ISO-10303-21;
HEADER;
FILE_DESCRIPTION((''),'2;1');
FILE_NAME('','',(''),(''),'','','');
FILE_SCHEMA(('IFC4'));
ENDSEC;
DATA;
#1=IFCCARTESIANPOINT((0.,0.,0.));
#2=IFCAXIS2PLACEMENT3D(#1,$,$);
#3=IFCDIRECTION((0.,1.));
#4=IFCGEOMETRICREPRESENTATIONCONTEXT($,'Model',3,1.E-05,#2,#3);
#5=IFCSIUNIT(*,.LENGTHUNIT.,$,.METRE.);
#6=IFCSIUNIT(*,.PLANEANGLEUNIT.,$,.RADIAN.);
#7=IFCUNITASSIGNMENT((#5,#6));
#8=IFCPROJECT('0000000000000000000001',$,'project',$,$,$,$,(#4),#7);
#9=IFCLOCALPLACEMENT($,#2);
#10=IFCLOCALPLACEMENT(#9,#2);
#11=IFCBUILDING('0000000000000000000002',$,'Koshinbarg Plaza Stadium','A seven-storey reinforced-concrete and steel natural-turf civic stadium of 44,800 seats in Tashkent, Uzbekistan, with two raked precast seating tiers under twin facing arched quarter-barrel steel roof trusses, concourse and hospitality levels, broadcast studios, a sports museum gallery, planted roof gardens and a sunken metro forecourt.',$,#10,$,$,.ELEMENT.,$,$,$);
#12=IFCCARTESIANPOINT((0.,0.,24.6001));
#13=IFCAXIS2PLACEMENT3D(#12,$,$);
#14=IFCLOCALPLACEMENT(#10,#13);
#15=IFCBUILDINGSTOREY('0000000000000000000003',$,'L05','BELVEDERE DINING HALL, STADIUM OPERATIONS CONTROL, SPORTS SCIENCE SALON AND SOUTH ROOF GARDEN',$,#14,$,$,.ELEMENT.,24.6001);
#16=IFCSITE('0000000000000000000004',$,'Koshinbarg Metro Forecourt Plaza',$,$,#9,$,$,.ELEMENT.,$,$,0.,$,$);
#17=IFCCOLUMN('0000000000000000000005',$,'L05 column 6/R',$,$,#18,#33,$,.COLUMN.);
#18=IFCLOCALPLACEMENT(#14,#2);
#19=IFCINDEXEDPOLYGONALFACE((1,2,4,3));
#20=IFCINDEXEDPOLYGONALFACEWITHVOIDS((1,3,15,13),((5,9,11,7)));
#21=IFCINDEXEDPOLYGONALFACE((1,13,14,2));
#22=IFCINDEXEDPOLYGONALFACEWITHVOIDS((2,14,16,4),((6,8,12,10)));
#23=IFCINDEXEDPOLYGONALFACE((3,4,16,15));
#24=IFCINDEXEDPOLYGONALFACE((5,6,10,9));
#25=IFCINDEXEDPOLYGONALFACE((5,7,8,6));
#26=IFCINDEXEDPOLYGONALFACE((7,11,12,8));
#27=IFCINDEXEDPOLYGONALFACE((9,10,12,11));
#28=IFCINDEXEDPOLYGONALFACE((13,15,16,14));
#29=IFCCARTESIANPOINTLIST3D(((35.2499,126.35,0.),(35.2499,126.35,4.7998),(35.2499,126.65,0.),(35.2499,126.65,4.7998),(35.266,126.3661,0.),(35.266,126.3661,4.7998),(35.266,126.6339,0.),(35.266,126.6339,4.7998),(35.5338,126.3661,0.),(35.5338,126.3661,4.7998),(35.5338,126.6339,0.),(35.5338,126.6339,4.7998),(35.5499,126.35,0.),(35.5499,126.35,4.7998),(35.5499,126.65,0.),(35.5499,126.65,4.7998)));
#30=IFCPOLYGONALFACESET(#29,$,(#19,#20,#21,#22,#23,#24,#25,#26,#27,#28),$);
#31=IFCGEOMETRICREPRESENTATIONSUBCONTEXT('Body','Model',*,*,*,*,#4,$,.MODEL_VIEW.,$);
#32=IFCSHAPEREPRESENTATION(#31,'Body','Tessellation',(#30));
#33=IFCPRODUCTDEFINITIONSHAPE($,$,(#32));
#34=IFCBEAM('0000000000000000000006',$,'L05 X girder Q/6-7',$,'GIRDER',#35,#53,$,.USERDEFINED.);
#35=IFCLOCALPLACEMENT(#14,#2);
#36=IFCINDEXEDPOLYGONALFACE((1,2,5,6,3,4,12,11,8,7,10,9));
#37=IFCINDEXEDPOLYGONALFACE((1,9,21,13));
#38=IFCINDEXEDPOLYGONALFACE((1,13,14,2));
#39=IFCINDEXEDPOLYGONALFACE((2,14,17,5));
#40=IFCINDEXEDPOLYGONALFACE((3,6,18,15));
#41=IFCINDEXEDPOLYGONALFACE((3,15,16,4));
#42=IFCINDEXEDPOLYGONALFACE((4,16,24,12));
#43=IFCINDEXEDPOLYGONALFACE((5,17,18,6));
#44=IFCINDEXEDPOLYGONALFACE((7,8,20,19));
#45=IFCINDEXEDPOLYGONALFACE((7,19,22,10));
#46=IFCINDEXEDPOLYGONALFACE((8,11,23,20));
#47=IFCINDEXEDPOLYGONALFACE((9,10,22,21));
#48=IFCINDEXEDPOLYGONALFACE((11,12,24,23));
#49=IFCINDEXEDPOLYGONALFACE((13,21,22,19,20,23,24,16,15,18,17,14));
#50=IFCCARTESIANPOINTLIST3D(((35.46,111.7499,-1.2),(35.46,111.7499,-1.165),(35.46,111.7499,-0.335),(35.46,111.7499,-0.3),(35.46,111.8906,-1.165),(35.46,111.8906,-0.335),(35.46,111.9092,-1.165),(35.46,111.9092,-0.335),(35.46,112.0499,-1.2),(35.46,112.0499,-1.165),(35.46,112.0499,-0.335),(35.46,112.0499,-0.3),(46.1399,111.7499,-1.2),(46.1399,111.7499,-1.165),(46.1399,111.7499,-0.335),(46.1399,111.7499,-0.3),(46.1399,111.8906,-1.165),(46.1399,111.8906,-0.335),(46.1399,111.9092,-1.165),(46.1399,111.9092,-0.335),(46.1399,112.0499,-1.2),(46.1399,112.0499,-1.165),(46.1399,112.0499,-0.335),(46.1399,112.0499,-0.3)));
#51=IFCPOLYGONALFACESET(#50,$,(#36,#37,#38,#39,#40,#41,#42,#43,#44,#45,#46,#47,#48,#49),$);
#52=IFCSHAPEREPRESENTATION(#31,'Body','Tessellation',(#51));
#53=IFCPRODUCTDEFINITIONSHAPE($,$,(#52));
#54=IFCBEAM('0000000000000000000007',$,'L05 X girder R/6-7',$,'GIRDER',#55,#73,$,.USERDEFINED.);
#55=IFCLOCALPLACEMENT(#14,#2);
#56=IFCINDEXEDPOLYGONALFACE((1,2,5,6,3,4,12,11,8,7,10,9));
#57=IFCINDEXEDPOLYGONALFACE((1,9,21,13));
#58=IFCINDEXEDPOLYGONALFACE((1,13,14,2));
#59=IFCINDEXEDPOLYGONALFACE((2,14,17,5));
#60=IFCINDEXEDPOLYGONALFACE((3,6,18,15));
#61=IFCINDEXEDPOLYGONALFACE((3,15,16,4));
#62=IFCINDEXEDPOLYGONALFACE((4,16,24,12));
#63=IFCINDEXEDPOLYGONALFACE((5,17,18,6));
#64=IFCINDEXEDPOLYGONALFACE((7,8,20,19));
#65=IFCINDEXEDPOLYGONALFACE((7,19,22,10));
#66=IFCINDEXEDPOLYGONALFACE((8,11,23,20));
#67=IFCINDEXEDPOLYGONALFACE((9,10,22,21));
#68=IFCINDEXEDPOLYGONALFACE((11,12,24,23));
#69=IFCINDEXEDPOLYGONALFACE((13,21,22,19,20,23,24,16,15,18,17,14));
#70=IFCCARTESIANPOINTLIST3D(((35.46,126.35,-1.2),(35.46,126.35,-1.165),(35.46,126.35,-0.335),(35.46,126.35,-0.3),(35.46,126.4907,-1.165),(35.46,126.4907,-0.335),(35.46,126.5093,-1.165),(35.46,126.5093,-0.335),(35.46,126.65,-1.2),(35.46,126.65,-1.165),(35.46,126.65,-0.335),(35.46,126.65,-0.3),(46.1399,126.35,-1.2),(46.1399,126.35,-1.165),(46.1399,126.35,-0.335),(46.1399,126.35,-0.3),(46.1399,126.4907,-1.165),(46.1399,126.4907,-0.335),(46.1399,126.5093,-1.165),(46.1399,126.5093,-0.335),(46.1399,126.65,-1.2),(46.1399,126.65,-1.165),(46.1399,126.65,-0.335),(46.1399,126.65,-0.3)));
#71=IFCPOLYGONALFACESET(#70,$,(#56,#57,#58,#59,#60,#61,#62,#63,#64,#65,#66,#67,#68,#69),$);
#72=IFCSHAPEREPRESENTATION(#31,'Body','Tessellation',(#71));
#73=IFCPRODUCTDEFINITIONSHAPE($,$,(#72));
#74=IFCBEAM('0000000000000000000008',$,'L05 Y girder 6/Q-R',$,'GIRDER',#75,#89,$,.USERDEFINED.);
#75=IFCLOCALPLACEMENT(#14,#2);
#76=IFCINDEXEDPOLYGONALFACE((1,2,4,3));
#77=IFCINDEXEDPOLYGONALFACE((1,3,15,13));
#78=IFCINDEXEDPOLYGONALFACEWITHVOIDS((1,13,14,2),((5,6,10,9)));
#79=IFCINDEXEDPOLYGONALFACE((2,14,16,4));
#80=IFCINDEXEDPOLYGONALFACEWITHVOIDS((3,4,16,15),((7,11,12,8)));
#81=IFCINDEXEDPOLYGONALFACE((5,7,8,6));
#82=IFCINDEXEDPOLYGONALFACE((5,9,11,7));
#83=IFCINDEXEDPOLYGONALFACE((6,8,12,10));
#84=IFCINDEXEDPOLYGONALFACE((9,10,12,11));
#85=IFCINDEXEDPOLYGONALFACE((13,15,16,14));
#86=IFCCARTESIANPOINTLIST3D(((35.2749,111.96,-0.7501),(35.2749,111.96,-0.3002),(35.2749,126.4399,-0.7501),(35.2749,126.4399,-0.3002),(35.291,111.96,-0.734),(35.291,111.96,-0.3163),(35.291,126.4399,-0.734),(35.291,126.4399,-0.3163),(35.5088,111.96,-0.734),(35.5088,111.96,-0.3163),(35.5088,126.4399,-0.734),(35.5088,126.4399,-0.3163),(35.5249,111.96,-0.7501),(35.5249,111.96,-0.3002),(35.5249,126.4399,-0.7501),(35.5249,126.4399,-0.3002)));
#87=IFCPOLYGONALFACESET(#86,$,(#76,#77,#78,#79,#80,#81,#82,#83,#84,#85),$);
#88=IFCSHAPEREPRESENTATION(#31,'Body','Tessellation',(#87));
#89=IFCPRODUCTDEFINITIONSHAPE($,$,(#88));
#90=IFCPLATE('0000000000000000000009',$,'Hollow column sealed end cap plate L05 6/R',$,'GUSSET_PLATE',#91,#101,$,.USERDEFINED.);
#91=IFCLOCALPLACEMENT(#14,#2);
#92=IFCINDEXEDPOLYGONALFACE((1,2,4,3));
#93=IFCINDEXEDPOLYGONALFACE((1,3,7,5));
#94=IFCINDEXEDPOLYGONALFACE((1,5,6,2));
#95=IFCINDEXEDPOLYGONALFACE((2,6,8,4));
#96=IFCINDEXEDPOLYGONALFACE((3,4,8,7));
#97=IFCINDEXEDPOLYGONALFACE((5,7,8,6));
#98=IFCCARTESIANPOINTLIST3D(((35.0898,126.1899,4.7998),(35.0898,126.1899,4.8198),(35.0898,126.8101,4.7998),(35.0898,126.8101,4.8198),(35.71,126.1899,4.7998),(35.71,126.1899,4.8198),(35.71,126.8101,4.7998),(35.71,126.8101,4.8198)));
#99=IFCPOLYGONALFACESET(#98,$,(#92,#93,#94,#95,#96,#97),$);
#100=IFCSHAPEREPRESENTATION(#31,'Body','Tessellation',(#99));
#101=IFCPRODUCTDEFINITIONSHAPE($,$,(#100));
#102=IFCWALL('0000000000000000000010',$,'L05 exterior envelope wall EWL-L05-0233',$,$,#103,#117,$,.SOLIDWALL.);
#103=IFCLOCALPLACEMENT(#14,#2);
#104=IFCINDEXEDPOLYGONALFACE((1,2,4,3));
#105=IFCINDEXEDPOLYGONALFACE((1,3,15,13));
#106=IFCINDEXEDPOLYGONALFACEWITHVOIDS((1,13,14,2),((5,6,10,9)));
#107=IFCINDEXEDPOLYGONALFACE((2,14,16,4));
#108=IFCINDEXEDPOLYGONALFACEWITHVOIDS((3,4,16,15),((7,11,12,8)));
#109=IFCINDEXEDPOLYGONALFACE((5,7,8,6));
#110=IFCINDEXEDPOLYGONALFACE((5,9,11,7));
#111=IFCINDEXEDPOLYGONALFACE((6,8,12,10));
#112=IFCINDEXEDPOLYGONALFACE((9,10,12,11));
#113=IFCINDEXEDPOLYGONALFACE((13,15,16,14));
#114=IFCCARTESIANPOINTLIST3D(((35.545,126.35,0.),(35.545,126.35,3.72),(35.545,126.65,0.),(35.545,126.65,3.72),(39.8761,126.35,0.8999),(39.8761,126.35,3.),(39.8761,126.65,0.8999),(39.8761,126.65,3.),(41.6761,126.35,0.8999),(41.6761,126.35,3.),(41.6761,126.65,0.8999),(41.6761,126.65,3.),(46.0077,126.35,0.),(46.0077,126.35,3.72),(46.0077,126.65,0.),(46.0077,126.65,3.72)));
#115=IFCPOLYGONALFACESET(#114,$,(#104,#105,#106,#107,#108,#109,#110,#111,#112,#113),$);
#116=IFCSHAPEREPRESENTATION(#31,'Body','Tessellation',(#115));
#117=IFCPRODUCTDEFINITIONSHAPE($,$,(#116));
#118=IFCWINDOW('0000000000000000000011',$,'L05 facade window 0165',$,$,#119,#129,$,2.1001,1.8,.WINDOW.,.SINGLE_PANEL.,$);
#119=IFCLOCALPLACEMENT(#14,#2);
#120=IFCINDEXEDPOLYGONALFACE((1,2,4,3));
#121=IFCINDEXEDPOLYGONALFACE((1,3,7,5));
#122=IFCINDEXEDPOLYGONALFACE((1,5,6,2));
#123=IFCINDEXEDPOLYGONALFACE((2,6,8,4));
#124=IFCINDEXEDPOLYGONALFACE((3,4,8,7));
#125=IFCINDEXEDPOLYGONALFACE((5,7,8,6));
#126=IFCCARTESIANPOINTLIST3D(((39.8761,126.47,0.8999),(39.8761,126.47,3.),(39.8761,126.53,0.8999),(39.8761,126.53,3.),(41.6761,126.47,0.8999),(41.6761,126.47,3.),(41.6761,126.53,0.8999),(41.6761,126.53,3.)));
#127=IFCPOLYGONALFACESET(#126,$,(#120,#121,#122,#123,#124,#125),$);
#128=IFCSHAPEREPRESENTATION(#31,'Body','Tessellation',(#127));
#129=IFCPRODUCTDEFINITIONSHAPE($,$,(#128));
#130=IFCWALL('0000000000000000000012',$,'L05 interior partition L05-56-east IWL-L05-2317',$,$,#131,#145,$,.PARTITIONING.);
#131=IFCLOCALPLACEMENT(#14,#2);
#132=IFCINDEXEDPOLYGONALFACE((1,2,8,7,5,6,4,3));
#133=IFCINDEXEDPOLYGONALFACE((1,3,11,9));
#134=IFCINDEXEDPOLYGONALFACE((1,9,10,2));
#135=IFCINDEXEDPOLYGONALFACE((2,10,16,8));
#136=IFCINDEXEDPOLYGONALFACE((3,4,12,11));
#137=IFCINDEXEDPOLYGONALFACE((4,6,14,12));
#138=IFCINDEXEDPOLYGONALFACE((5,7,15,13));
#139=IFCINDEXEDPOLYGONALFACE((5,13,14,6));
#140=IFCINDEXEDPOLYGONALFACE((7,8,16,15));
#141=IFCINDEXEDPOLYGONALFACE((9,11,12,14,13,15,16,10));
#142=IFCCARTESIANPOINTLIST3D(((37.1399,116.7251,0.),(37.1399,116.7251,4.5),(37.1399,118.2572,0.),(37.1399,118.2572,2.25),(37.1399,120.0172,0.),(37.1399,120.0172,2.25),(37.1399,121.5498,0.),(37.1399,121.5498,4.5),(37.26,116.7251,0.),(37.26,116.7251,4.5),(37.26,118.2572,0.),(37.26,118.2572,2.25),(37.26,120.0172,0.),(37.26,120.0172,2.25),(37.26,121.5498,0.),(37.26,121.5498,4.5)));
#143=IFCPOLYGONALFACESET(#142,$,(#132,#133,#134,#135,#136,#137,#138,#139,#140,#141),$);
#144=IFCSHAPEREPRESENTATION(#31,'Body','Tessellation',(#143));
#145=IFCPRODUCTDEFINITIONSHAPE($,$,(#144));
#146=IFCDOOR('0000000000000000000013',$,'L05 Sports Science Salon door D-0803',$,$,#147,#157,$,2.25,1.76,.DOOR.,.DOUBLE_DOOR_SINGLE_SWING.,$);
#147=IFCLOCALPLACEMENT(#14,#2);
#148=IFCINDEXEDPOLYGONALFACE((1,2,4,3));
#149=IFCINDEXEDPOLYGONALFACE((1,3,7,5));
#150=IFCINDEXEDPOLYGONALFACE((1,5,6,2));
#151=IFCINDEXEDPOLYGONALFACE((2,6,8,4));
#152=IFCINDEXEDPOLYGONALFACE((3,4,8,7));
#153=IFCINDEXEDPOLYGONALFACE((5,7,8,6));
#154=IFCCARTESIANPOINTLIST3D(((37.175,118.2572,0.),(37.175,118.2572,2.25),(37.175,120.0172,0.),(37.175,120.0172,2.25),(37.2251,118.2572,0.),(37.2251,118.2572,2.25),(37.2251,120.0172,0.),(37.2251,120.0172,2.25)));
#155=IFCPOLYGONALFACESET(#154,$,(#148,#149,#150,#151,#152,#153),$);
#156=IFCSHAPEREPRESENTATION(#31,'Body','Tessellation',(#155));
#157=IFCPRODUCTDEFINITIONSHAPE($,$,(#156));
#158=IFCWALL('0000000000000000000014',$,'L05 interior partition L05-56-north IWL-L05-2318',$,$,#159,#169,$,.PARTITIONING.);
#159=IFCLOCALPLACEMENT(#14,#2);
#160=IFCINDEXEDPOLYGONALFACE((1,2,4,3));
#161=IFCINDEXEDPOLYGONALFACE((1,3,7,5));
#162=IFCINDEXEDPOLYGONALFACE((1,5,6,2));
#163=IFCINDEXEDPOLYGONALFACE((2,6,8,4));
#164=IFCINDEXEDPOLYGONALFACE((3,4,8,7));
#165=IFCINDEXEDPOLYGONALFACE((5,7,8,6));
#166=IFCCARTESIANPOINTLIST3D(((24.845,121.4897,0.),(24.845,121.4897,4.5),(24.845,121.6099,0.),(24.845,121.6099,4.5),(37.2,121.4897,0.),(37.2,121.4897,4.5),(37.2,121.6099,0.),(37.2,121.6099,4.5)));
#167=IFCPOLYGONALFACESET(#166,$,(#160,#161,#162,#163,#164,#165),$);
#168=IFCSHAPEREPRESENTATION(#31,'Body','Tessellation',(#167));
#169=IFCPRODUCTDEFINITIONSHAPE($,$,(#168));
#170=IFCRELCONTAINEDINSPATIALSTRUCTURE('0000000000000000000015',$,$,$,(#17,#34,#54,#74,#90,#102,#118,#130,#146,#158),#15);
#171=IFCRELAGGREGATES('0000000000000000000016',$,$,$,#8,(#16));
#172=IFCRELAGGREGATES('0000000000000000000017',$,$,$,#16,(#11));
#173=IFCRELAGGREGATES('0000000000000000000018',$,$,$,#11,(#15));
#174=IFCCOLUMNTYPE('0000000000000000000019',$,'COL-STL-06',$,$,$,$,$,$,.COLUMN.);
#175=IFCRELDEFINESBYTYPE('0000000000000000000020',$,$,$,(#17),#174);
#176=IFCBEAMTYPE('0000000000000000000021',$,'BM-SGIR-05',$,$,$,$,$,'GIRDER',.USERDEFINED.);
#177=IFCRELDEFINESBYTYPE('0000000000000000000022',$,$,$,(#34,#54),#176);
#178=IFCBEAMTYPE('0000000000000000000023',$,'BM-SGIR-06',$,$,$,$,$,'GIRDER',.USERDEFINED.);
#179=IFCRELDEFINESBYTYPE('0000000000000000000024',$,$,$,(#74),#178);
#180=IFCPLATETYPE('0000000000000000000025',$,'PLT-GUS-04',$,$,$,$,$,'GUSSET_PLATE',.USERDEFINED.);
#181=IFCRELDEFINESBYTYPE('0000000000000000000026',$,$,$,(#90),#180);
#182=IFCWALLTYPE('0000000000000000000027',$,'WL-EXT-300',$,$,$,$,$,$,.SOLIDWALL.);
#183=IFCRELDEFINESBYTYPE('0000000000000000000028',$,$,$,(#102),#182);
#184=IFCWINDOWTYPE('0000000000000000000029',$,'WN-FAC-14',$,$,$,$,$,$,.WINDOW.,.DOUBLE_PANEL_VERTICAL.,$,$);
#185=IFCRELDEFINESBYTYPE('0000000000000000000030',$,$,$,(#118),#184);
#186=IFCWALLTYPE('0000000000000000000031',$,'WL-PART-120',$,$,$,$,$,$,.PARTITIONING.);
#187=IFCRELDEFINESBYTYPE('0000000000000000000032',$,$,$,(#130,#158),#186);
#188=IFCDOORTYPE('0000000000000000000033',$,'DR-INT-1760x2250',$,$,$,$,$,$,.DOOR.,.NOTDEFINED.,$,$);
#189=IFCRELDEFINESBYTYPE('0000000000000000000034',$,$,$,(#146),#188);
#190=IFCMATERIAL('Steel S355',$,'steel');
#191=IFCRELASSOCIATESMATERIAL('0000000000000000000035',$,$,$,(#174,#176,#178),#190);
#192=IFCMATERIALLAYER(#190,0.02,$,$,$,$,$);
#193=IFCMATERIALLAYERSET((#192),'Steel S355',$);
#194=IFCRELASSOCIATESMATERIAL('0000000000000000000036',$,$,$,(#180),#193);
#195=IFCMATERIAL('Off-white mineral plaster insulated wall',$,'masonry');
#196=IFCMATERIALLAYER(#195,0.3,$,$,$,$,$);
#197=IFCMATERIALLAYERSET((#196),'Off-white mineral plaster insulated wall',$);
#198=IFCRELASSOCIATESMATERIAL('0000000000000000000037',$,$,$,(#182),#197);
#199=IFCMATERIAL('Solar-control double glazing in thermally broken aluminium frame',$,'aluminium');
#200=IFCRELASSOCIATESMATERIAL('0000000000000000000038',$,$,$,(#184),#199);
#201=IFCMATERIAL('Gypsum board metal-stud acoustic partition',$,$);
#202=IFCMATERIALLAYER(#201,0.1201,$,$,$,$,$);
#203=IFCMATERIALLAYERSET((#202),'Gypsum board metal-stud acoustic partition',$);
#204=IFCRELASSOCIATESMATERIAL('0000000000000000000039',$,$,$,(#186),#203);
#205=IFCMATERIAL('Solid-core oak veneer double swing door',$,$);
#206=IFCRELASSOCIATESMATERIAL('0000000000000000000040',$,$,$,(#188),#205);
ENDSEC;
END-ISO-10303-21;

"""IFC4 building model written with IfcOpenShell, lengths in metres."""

from ifc_helpers import new_model, si_unit, direction, frame, frame_2d, origin, origin_2d, place, context, subcontext, project, spatial, rectangle, hollow_rectangle, i_section, extrude, material, layer, layer_set, material_profile, profile_set, type_object, element, fill, save


model = new_model("IFC4")

# Units and contexts
model_context = context("Model", 3, precision=1e-05, world=origin(), true_north=direction((0.0, 1.0)))
body_context = subcontext(model_context, "Body", "Model", "MODEL_VIEW")
ifc_project = project(units=[si_unit("LENGTHUNIT", "METRE"), si_unit("PLANEANGLEUNIT", "RADIAN")], contexts=[model_context])

# Site, building, storey
site_placement = place(None, origin())
site = spatial("IfcSite", under=ifc_project, at=site_placement, Name="Koshinbarg Metro Forecourt Plaza", CompositionType="ELEMENT", RefElevation=0.0)
building_placement = place(site_placement, origin())
building = spatial("IfcBuilding", under=site, at=building_placement, Name="Koshinbarg Plaza Stadium", Description="A seven-storey reinforced-concrete and steel natural-turf civic stadium of 44,800 seats in Tashkent, Uzbekistan, with two raked precast seating tiers under twin facing arched quarter-barrel steel roof trusses, concourse and hospitality levels, broadcast studios, a sports museum gallery, planted roof gardens and a sunken metro forecourt.", CompositionType="ELEMENT")
storey_placement = place(building_placement, frame((0.0, 0.0, 24.6001)))
storey = spatial("IfcBuildingStorey", under=building, at=storey_placement, Name="L05", Description="BELVEDERE DINING HALL, STADIUM OPERATIONS CONTROL, SPORTS SCIENCE SALON AND SOUTH ROOF GARDEN", CompositionType="ELEMENT", Elevation=24.6001)

# Column
ifc_material_1 = material(Name="Steel S355", Category="steel")
ifc_material_profile_1 = material_profile(ifc_material_1, hollow_rectangle(XDim=0.3, YDim=0.3, WallThickness=0.0161, at=origin_2d()), Name="SHS 300x300x16")
ifc_profile_set_1 = profile_set([ifc_material_profile_1], Name="Steel S355")
column_type = type_object("IfcColumnType", Name="COL-STL-06", PredefinedType="COLUMN", material=ifc_profile_set_1)
column_placement = place(storey_placement, frame((35.3999, 126.5, 0.0), z_axis=(0.0, 0.0, 1.0), x_axis=(1.0, 0.0, 0.0)))
element("IfcColumn", 1, at=column_placement, inside=storey, type_object=column_type, Name="L05 column 6/R", PredefinedType="COLUMN", context=body_context, shape_type="SweptSolid", body=[
    extrude(hollow_rectangle(XDim=0.3, YDim=0.3, WallThickness=0.0161, at=origin_2d()), origin(), (0.0, 0.0, 1.0), 4.7998),
])

# Beams
ifc_material_profile_2 = material_profile(ifc_material_1, i_section(OverallWidth=0.3, OverallDepth=0.8999, WebThickness=0.0186, FlangeThickness=0.0349, at=origin_2d()), Name="HEB 900")
ifc_profile_set_2 = profile_set([ifc_material_profile_2], Name="Steel S355")
beam_type_1 = type_object("IfcBeamType", Name="BM-SGIR-05", ElementType="GIRDER", PredefinedType="USERDEFINED", material=ifc_profile_set_2)
for number, where, z_axis, x_axis, name in (
    (2, (35.46, 111.8999, -0.75), (1.0, 0.0, 0.0), (0.0, 1.0, 0.0), "L05 X girder Q/6-7"),
    (3, (35.46, 126.5, -0.75), (1.0, 0.0, 0.0), (0.0, 1.0, 0.0), "L05 X girder R/6-7"),
):
    element("IfcBeam", number, at=place(storey_placement, frame(where, z_axis=z_axis, x_axis=x_axis)), inside=storey, type_object=beam_type_1, Name=name, ObjectType="GIRDER", PredefinedType="USERDEFINED", context=body_context, shape_type="SweptSolid", body=[
        extrude(i_section(OverallWidth=0.3, OverallDepth=0.8999, WebThickness=0.0186, FlangeThickness=0.0349, at=origin_2d()), origin(), (0.0, 0.0, 1.0), 10.6799),
    ])
ifc_material_profile_3 = material_profile(ifc_material_1, hollow_rectangle(XDim=0.25, YDim=0.45, WallThickness=0.0161, at=origin_2d()), Name="RHS 450x250x16")
ifc_profile_set_3 = profile_set([ifc_material_profile_3], Name="Steel S355")
beam_type_2 = type_object("IfcBeamType", Name="BM-SGIR-06", ElementType="GIRDER", PredefinedType="USERDEFINED", material=ifc_profile_set_3)
beam_placement = place(storey_placement, frame((35.3999, 111.96, -0.5251), z_axis=(0.0, 1.0, 0.0), x_axis=(-1.0, 0.0, 0.0)))
element("IfcBeam", 4, at=beam_placement, inside=storey, type_object=beam_type_2, Name="L05 Y girder 6/Q-R", ObjectType="GIRDER", PredefinedType="USERDEFINED", context=body_context, shape_type="SweptSolid", body=[
    extrude(hollow_rectangle(XDim=0.25, YDim=0.45, WallThickness=0.0161, at=origin_2d()), origin(), (0.0, 0.0, 1.0), 14.48),
])

# Plate
ifc_layer_1 = layer(ifc_material_1, 0.02)
ifc_layer_set_1 = layer_set([ifc_layer_1], Name="Steel S355")
plate_type = type_object("IfcPlateType", Name="PLT-GUS-04", ElementType="GUSSET_PLATE", PredefinedType="USERDEFINED", material=ifc_layer_set_1)
plate_placement = place(storey_placement, frame((35.3999, 126.5, 4.7998), z_axis=(0.0, 0.0, 1.0), x_axis=(1.0, 0.0, 0.0)))
element("IfcPlate", 5, at=plate_placement, inside=storey, type_object=plate_type, Name="Hollow column sealed end cap plate L05 6/R", ObjectType="GUSSET_PLATE", PredefinedType="USERDEFINED", context=body_context, shape_type="SweptSolid", body=[
    extrude(rectangle(XDim=0.6201, YDim=0.6201, at=origin_2d()), origin(), (0.0, 0.0, 1.0), 0.02),
])

# Wall, opening, window
ifc_material_2 = material(Name="Off-white mineral plaster insulated wall", Category="masonry")
ifc_layer_2 = layer(ifc_material_2, 0.3)
ifc_layer_set_2 = layer_set([ifc_layer_2], Name="Off-white mineral plaster insulated wall")
wall_type_1 = type_object("IfcWallType", Name="WL-EXT-300", PredefinedType="SOLIDWALL", material=ifc_layer_set_2)
wall_1_placement = place(storey_placement, frame((35.5449, 126.5, 0.0), z_axis=(0.0, 0.0, 1.0), x_axis=(1.0, 0.0, 0.0)))
wall_1 = element("IfcWall", 6, at=wall_1_placement, inside=storey, type_object=wall_type_1, Name="L05 exterior envelope wall EWL-L05-0233", PredefinedType="SOLIDWALL", context=body_context, shape_type="SweptSolid", body=[
    extrude(rectangle(XDim=10.4626, YDim=0.3, at=frame_2d((5.2314, 0.0))), origin(), (0.0, 0.0, 1.0), 3.72),
])
opening_1_placement = place(wall_1_placement, frame((4.3313, 0.0, 0.8999)))
opening_1 = element("IfcOpeningElement", 7, at=opening_1_placement, cuts=wall_1, PredefinedType="OPENING", context=body_context, shape_type="SweptSolid", body=[
    extrude(rectangle(XDim=1.8, YDim=2.1001, at=frame_2d((0.8999, 1.05))), frame((0.0, 0.1599, 0.0), z_axis=(0.0, -1.0, 0.0), x_axis=(1.0, 0.0, 0.0)), (0.0, 0.0, 1.0), 0.3201),
])
ifc_material_3 = material(Name="Solar-control double glazing in thermally broken aluminium frame", Category="aluminium")
window_type = type_object("IfcWindowType", Name="WN-FAC-14", PartitioningType="DOUBLE_PANEL_VERTICAL", PredefinedType="WINDOW", material=ifc_material_3)
window_placement = place(opening_1_placement, origin())
window = element("IfcWindow", 8, at=window_placement, inside=storey, type_object=window_type, Name="L05 facade window 0165", OverallHeight=2.1001, OverallWidth=1.8, PartitioningType="SINGLE_PANEL", PredefinedType="WINDOW", context=body_context, shape_type="SweptSolid", body=[
    extrude(rectangle(XDim=1.8, YDim=2.1001, at=frame_2d((0.8999, 1.05))), frame((0.0, 0.03, 0.0), z_axis=(0.0, -1.0, 0.0), x_axis=(1.0, 0.0, 0.0)), (0.0, 0.0, 1.0), 0.0601),
])
fill(opening_1, window)

# Wall, opening, door
ifc_material_4 = material(Name="Gypsum board metal-stud acoustic partition")
ifc_layer_3 = layer(ifc_material_4, 0.1201)
ifc_layer_set_3 = layer_set([ifc_layer_3], Name="Gypsum board metal-stud acoustic partition")
wall_type_2 = type_object("IfcWallType", Name="WL-PART-120", PredefinedType="PARTITIONING", material=ifc_layer_set_3)
wall_2_placement = place(storey_placement, frame((37.2, 116.7251, 0.0), z_axis=(0.0, 0.0, 1.0), x_axis=(0.0, 1.0, 0.0)))
wall_2 = element("IfcWall", 9, at=wall_2_placement, inside=storey, type_object=wall_type_2, Name="L05 interior partition L05-56-east IWL-L05-2317", PredefinedType="PARTITIONING", context=body_context, shape_type="SweptSolid", body=[
    extrude(rectangle(XDim=4.8247, YDim=0.1201, at=frame_2d((2.4124, 0.0))), origin(), (0.0, 0.0, 1.0), 4.5),
])
opening_2_placement = place(wall_2_placement, frame((1.5322, 0.0, 0.0)))
opening_2 = element("IfcOpeningElement", 10, at=opening_2_placement, cuts=wall_2, PredefinedType="OPENING", context=body_context, shape_type="SweptSolid", body=[
    extrude(rectangle(XDim=1.76, YDim=2.25, at=frame_2d((0.8799, 1.125))), frame((0.0, 0.0701, 0.0), z_axis=(0.0, -1.0, 0.0), x_axis=(1.0, 0.0, 0.0)), (0.0, 0.0, 1.0), 0.1401),
])
ifc_material_5 = material(Name="Solid-core oak veneer double swing door")
door_type_1 = type_object("IfcDoorType", Name="DR-INT-1760x2250", OperationType="NOTDEFINED", PredefinedType="DOOR", material=ifc_material_5)
door_1_placement = place(opening_2_placement, origin())
door_1 = element("IfcDoor", 11, at=door_1_placement, inside=storey, type_object=door_type_1, Name="L05 Sports Science Salon door D-0803", OperationType="DOUBLE_DOOR_SINGLE_SWING", OverallHeight=2.25, OverallWidth=1.76, PredefinedType="DOOR", context=body_context, shape_type="SweptSolid", body=[
    extrude(rectangle(XDim=1.76, YDim=2.25, at=frame_2d((0.8799, 1.125))), frame((0.0, 0.0249, 0.0), z_axis=(0.0, -1.0, 0.0), x_axis=(1.0, 0.0, 0.0)), (0.0, 0.0, 1.0), 0.05),
])
fill(opening_2, door_1)

# Wall
wall_3_placement = place(storey_placement, frame((37.2, 121.5498, 0.0), z_axis=(0.0, 0.0, 1.0), x_axis=(-1.0, 0.0, 0.0)))
element("IfcWall", 12, at=wall_3_placement, inside=storey, type_object=wall_type_2, Name="L05 interior partition L05-56-north IWL-L05-2318", PredefinedType="PARTITIONING", context=body_context, shape_type="SweptSolid", body=[
    extrude(rectangle(XDim=12.355, YDim=0.1201, at=frame_2d((6.1775, 0.0))), origin(), (0.0, 0.0, 1.0), 4.5),
])

save(model, "model.ifc")
